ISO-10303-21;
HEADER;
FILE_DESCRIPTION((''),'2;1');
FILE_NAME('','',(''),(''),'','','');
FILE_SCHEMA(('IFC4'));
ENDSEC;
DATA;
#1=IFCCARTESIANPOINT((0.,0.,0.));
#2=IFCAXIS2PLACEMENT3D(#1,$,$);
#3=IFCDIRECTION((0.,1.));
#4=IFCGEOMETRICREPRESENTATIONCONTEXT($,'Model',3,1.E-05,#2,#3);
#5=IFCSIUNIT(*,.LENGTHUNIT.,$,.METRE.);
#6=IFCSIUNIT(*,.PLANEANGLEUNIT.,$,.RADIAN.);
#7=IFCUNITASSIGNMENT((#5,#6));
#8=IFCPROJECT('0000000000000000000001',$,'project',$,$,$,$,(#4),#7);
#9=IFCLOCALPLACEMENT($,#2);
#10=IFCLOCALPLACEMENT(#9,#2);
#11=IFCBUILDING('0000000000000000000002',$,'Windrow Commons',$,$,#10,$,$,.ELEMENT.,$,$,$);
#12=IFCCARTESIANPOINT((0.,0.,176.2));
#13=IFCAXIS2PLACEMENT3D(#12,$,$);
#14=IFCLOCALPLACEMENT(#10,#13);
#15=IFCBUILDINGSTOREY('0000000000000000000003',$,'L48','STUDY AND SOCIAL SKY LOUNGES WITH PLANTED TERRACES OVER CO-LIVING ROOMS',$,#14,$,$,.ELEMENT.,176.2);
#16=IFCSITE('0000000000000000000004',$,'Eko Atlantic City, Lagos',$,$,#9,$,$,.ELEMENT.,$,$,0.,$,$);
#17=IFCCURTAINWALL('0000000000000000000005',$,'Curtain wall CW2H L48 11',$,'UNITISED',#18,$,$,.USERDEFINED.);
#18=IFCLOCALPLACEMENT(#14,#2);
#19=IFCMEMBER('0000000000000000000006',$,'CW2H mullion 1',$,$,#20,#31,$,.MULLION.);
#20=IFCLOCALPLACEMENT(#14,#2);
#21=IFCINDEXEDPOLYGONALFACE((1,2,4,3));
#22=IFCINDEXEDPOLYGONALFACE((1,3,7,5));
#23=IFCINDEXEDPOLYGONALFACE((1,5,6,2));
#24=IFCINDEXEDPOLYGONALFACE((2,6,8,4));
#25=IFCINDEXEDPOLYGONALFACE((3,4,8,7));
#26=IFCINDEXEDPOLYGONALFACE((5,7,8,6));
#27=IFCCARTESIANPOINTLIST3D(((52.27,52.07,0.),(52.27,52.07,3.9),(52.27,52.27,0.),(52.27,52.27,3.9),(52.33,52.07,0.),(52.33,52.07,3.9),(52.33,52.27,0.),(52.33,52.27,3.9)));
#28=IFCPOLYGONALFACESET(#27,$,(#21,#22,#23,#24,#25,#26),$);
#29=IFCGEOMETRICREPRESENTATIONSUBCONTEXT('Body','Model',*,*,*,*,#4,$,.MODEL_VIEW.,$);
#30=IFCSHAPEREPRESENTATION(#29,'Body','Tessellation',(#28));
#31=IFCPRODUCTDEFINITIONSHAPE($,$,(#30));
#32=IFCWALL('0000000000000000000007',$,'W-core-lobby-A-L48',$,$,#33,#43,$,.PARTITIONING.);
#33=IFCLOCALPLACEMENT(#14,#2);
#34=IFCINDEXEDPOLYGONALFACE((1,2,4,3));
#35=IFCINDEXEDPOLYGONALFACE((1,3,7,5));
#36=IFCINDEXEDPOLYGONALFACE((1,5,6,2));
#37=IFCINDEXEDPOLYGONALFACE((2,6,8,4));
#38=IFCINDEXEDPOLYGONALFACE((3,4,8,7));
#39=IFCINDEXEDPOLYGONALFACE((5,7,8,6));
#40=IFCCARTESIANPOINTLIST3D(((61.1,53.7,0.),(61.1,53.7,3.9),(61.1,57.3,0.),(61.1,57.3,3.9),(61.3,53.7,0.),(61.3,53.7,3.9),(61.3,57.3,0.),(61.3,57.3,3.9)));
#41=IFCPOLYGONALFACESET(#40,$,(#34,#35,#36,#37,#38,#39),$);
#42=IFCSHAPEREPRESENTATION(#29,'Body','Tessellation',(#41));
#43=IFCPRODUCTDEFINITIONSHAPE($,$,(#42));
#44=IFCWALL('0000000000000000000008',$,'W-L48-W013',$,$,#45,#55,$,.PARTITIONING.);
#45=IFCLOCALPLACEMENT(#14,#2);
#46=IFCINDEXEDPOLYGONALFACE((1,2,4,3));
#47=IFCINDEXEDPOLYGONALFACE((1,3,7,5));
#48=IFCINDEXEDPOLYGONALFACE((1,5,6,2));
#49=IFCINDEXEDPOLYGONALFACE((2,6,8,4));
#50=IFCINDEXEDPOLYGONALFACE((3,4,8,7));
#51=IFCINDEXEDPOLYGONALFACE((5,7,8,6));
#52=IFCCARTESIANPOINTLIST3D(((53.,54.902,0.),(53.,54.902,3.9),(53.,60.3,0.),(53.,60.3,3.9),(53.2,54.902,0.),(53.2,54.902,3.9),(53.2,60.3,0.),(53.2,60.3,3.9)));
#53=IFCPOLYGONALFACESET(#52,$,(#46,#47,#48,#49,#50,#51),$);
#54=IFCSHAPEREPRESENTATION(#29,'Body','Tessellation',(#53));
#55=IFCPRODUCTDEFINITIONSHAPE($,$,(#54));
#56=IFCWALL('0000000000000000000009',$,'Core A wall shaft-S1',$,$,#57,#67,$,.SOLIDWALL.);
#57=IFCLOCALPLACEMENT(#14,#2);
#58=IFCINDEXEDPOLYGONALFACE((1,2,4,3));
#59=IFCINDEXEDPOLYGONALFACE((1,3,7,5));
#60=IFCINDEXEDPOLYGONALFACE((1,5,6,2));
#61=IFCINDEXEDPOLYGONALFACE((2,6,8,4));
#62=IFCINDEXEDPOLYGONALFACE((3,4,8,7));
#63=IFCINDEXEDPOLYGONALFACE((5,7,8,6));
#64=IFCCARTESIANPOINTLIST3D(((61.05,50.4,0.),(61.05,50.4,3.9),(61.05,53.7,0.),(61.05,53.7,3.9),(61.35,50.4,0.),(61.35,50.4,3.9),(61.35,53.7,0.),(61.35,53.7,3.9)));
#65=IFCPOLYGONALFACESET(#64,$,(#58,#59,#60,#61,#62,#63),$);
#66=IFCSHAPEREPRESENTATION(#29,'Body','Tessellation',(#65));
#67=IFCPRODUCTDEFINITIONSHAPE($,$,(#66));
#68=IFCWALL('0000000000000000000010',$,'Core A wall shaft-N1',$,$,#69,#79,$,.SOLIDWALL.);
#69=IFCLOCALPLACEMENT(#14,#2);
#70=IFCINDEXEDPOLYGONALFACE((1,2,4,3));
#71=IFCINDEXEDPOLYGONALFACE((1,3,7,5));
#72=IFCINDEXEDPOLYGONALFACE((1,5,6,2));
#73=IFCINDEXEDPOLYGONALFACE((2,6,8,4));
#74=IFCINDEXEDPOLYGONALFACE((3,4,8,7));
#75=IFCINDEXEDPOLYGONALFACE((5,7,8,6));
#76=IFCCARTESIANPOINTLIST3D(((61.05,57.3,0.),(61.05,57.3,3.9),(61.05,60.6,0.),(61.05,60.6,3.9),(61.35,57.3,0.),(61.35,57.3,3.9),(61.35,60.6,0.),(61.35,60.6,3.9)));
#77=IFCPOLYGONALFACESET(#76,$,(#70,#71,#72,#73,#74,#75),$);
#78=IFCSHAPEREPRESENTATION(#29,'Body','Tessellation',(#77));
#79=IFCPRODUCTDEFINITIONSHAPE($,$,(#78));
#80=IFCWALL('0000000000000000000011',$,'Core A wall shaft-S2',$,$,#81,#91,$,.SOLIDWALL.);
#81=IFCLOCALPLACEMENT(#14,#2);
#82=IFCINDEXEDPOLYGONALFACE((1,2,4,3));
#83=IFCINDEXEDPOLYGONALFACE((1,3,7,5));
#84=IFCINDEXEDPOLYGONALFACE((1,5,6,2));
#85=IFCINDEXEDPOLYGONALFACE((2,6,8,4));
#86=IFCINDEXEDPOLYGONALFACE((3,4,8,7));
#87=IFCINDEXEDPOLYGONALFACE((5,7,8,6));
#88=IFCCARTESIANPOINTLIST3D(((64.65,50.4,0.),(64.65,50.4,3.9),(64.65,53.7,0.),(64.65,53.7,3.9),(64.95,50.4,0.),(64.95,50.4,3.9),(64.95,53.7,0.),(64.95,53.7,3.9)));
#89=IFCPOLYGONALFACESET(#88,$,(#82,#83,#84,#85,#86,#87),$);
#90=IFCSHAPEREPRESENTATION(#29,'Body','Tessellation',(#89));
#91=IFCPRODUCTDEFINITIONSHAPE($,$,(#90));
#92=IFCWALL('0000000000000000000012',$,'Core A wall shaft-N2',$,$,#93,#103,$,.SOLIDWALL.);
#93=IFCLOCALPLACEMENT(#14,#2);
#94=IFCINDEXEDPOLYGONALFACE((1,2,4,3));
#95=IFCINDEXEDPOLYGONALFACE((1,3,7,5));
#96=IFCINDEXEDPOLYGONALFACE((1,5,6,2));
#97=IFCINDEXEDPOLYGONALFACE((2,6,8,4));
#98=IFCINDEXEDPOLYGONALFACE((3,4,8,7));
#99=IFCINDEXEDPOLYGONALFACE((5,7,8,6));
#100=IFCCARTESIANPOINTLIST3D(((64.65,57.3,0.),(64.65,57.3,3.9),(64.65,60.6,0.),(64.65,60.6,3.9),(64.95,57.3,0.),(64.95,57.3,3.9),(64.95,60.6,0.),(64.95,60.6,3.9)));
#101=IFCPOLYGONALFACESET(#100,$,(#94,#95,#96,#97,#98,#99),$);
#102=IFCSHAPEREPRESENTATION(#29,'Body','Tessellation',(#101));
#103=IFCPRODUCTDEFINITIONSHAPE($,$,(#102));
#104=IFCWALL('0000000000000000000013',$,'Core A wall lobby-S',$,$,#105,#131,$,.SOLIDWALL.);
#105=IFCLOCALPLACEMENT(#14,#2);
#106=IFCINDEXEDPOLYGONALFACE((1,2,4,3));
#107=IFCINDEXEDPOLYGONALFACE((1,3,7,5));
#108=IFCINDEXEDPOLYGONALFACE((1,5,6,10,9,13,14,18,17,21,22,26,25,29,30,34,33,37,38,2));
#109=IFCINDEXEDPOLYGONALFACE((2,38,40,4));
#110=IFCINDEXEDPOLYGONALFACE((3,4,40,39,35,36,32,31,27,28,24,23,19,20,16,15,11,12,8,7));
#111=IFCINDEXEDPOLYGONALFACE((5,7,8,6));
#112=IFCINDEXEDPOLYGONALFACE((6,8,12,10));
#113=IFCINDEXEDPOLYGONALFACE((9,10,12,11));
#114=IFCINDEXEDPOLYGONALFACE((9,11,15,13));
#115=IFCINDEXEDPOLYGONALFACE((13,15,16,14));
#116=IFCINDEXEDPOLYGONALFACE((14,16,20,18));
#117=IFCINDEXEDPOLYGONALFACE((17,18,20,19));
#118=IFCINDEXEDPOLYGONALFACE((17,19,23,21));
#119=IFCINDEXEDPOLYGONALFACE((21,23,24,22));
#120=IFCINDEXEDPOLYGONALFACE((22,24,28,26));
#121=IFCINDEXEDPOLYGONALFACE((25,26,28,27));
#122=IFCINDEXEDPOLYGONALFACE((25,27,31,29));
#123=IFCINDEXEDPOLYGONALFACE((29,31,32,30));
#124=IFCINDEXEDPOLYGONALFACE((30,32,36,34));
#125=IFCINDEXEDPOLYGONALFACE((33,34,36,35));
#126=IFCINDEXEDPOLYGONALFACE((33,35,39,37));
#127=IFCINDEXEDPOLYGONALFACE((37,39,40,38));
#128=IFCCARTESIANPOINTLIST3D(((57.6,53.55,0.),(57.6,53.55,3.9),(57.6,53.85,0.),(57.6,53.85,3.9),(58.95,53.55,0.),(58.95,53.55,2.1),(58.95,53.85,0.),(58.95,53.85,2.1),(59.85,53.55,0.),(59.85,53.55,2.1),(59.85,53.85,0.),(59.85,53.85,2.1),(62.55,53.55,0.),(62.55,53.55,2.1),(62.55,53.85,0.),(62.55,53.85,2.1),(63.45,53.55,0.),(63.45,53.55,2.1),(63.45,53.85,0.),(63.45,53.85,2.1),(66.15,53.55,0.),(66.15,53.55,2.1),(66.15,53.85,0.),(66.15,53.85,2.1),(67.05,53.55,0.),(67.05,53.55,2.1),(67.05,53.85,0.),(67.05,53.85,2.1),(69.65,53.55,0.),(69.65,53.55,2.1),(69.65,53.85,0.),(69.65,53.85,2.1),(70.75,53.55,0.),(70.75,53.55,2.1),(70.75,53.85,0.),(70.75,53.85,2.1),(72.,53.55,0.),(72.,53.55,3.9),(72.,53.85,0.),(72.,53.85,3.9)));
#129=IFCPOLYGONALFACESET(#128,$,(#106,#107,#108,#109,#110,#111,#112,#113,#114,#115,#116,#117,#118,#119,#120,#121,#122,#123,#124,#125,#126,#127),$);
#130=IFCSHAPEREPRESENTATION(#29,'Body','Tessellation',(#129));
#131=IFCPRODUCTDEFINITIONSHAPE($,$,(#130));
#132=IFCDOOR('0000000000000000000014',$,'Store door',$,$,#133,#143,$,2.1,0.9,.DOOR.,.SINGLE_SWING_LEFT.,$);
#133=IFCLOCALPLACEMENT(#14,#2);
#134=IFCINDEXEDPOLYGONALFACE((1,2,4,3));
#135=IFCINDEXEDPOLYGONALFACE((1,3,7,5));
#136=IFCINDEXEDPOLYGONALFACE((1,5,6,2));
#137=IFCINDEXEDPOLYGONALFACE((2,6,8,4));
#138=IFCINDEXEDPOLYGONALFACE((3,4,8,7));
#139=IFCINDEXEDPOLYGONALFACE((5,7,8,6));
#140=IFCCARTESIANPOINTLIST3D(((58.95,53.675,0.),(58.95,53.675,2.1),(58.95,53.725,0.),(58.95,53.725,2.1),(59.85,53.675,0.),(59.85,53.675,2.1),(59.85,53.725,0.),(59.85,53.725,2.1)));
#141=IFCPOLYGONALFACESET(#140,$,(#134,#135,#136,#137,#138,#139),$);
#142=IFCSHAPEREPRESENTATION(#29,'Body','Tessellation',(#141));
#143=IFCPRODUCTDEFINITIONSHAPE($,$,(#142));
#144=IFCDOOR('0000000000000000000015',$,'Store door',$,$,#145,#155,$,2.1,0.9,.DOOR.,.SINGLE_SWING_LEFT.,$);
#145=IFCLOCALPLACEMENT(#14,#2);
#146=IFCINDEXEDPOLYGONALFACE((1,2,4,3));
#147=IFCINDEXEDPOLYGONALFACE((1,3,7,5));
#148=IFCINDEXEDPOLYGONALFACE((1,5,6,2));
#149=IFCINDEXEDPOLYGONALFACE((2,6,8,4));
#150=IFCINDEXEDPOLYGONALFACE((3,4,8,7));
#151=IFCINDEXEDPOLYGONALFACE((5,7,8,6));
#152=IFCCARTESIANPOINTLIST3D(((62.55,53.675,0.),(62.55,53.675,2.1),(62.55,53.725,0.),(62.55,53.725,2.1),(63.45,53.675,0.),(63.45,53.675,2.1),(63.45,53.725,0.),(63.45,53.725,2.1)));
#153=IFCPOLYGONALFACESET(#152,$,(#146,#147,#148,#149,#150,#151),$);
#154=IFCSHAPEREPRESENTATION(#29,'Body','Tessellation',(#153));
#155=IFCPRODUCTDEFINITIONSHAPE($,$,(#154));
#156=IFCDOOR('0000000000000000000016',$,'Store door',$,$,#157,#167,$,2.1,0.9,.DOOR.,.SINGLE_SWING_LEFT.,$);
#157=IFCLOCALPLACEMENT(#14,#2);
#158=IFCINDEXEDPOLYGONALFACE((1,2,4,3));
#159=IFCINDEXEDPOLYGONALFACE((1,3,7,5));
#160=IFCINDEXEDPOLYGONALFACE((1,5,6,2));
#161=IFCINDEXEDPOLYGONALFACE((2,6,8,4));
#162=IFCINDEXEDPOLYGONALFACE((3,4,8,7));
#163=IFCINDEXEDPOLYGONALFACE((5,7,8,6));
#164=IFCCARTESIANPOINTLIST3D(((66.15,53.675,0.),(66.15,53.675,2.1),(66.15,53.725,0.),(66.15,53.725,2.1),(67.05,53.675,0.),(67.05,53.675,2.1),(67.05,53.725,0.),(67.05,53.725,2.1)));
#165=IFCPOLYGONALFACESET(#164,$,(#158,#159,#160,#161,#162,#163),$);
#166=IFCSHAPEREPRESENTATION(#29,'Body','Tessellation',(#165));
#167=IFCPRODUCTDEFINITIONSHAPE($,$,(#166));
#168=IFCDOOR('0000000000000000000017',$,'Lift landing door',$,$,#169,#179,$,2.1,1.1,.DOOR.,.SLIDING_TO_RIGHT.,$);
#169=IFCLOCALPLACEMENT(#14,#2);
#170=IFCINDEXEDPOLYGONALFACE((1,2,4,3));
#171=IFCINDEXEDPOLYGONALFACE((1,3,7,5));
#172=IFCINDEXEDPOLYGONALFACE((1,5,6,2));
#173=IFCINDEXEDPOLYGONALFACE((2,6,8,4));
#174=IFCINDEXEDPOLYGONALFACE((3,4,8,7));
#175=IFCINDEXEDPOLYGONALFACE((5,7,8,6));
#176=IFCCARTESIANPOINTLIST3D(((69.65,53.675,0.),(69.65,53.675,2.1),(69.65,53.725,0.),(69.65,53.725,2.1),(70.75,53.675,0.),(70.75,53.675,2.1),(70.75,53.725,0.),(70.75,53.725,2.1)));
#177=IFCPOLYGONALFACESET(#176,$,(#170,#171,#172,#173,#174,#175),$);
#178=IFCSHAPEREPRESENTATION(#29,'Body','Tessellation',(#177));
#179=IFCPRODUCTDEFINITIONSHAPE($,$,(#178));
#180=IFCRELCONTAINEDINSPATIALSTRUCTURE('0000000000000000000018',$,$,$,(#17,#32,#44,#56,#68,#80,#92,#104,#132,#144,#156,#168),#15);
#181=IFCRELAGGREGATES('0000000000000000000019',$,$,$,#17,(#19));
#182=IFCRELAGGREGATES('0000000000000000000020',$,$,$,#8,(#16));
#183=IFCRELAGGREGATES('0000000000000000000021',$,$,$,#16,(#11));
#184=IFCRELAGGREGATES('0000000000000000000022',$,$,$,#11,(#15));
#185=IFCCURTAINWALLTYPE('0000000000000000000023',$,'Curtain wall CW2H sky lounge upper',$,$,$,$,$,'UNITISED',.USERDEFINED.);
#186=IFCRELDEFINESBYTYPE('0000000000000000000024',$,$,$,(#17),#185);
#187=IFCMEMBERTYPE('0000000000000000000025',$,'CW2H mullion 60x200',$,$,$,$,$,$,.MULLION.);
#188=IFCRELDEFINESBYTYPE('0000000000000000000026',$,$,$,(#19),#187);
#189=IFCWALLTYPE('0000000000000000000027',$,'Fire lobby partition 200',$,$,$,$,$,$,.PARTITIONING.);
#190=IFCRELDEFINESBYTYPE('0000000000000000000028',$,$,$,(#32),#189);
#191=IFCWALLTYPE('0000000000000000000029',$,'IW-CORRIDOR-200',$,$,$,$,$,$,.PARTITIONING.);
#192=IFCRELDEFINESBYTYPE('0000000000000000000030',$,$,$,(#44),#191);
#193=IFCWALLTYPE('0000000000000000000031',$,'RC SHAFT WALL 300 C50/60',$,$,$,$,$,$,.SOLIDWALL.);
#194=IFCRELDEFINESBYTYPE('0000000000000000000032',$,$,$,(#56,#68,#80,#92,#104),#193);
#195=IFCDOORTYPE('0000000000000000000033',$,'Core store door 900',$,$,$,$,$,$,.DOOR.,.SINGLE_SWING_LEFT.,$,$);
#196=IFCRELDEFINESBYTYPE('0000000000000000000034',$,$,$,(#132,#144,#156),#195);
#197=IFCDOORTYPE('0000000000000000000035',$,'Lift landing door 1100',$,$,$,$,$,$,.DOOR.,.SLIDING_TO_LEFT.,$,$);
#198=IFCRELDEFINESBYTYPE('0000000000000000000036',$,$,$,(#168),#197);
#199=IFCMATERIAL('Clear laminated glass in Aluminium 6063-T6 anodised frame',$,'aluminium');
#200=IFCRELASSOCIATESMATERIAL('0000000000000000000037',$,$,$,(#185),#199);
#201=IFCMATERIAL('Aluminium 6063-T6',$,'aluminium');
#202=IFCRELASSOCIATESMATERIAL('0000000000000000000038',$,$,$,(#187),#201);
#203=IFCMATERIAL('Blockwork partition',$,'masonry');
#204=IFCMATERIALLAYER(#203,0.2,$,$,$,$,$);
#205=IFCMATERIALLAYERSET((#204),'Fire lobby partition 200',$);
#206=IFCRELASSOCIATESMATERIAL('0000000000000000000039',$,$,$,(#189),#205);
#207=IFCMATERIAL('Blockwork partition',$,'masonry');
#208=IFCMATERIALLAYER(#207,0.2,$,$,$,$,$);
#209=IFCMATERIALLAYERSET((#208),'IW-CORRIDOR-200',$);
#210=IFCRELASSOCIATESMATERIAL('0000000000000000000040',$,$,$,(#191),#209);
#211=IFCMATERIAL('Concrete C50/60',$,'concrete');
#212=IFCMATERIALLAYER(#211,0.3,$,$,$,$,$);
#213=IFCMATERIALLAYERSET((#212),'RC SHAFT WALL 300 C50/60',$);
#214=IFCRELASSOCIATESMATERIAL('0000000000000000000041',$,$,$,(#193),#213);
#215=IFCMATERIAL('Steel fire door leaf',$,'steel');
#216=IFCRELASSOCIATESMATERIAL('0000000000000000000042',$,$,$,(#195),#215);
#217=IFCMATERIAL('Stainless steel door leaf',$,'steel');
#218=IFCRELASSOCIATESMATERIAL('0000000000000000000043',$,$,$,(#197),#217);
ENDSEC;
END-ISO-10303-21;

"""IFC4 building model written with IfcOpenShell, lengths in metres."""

from ifc_helpers import new_model, si_unit, direction, frame, frame_2d, origin, origin_2d, place, context, subcontext, project, spatial, rectangle, extrude, material, layer, layer_set, material_profile, profile_set, type_object, element, fill, aggregate, save


model = new_model("IFC4")

# Units and contexts
model_context = context("Model", 3, precision=1e-05, world=origin(), true_north=direction((0.0, 1.0)))
body_context = subcontext(model_context, "Body", "Model", "MODEL_VIEW")
ifc_project = project(units=[si_unit("LENGTHUNIT", "METRE"), si_unit("PLANEANGLEUNIT", "RADIAN")], contexts=[model_context])

# Site, building, storey
site_placement = place(None, origin())
site = spatial("IfcSite", under=ifc_project, at=site_placement, Name="Eko Atlantic City, Lagos", CompositionType="ELEMENT", RefElevation=0.0)
building_placement = place(site_placement, origin())
building = spatial("IfcBuilding", under=site, at=building_placement, Name="Windrow Commons", CompositionType="ELEMENT")
storey_placement = place(building_placement, frame((0.0, 0.0, 176.2)))
storey = spatial("IfcBuildingStorey", under=building, at=storey_placement, Name="L48", Description="STUDY AND SOCIAL SKY LOUNGES WITH PLANTED TERRACES OVER CO-LIVING ROOMS", CompositionType="ELEMENT", Elevation=176.2)

# Curtain wall, member
ifc_material_1 = material(Name="Clear laminated glass in Aluminium 6063-T6 anodised frame", Category="aluminium")
curtain_wall_type = type_object("IfcCurtainWallType", Name="Curtain wall CW2H sky lounge upper", ElementType="UNITISED", PredefinedType="USERDEFINED", material=ifc_material_1)
placement = place(storey_placement, origin())
curtain_wall = element("IfcCurtainWall", 1, at=placement, inside=storey, type_object=curtain_wall_type, Name="Curtain wall CW2H L48 11", ObjectType="UNITISED", PredefinedType="USERDEFINED")
ifc_material_2 = material(Name="Aluminium 6063-T6", Category="aluminium")
ifc_material_profile = material_profile(ifc_material_2, rectangle(XDim=0.06, YDim=0.2, at=origin_2d()))
ifc_profile_set = profile_set([ifc_material_profile], Name="Aluminium 6063-T6")
member_type = type_object("IfcMemberType", Name="CW2H mullion 60x200", PredefinedType="MULLION", material=ifc_profile_set)
member_placement = place(storey_placement, frame((52.3, 52.17, 0.0), z_axis=(0.0, 0.0, 1.0), x_axis=(1.0, 0.0, 0.0)))
member = element("IfcMember", 2, at=member_placement, type_object=member_type, Name="CW2H mullion 1", PredefinedType="MULLION", context=body_context, shape_type="SweptSolid", body=[
    extrude(rectangle(XDim=0.06, YDim=0.2, at=origin_2d()), origin(), (0.0, 0.0, 1.0), 3.9),
])
aggregate(curtain_wall, [member])

# Walls
ifc_material_3 = material(Name="Blockwork partition", Category="masonry")
ifc_layer_1 = layer(ifc_material_3, 0.2)
ifc_layer_set_1 = layer_set([ifc_layer_1], Name="Fire lobby partition 200")
wall_type_1 = type_object("IfcWallType", Name="Fire lobby partition 200", PredefinedType="PARTITIONING", material=ifc_layer_set_1)
wall_1_placement = place(storey_placement, frame((61.2, 53.7, 0.0), z_axis=(0.0, 0.0, 1.0), x_axis=(0.0, 1.0, 0.0)))
element("IfcWall", 3, at=wall_1_placement, inside=storey, type_object=wall_type_1, Name="W-core-lobby-A-L48", PredefinedType="PARTITIONING", context=body_context, shape_type="SweptSolid", body=[
    extrude(rectangle(XDim=3.6, YDim=0.2, at=frame_2d((1.8, 0.0))), origin(), (0.0, 0.0, 1.0), 3.9),
])
ifc_material_4 = material(Name="Blockwork partition", Category="masonry")
ifc_layer_2 = layer(ifc_material_4, 0.2)
ifc_layer_set_2 = layer_set([ifc_layer_2], Name="IW-CORRIDOR-200")
wall_type_2 = type_object("IfcWallType", Name="IW-CORRIDOR-200", PredefinedType="PARTITIONING", material=ifc_layer_set_2)
wall_2_placement = place(storey_placement, frame((53.1, 54.902, 0.0), z_axis=(0.0, 0.0, 1.0), x_axis=(0.0, 1.0, 0.0)))
element("IfcWall", 4, at=wall_2_placement, inside=storey, type_object=wall_type_2, Name="W-L48-W013", PredefinedType="PARTITIONING", context=body_context, shape_type="SweptSolid", body=[
    extrude(rectangle(XDim=5.398, YDim=0.2, at=frame_2d((2.699, 0.0))), origin(), (0.0, 0.0, 1.0), 3.9),
])
ifc_material_5 = material(Name="Concrete C50/60", Category="concrete")
ifc_layer_3 = layer(ifc_material_5, 0.3)
ifc_layer_set_3 = layer_set([ifc_layer_3], Name="RC SHAFT WALL 300 C50/60")
wall_type_3 = type_object("IfcWallType", Name="RC SHAFT WALL 300 C50/60", PredefinedType="SOLIDWALL", material=ifc_layer_set_3)
for number, where, z_axis, x_axis, name in (
    (5, (61.2, 50.4, 0.0), (0.0, 0.0, 1.0), (0.0, 1.0, 0.0), "Core A wall shaft-S1"),
    (6, (61.2, 57.3, 0.0), (0.0, 0.0, 1.0), (0.0, 1.0, 0.0), "Core A wall shaft-N1"),
    (7, (64.8, 50.4, 0.0), (0.0, 0.0, 1.0), (0.0, 1.0, 0.0), "Core A wall shaft-S2"),
    (8, (64.8, 57.3, 0.0), (0.0, 0.0, 1.0), (0.0, 1.0, 0.0), "Core A wall shaft-N2"),
):
    element("IfcWall", number, at=place(storey_placement, frame(where, z_axis=z_axis, x_axis=x_axis)), inside=storey, type_object=wall_type_3, Name=name, PredefinedType="SOLIDWALL", context=body_context, shape_type="SweptSolid", body=[
        extrude(rectangle(XDim=3.3, YDim=0.3, at=frame_2d((1.65, 0.0))), origin(), (0.0, 0.0, 1.0), 3.9),
    ])

# Wall, openings, doors
wall_3_placement = place(storey_placement, frame((57.6, 53.7, 0.0), z_axis=(0.0, 0.0, 1.0), x_axis=(1.0, 0.0, 0.0)))
wall_3 = element("IfcWall", 9, at=wall_3_placement, inside=storey, type_object=wall_type_3, Name="Core A wall lobby-S", PredefinedType="SOLIDWALL", context=body_context, shape_type="SweptSolid", body=[
    extrude(rectangle(XDim=14.4, YDim=0.3, at=frame_2d((7.2, 0.0))), origin(), (0.0, 0.0, 1.0), 3.9),
])
opening_1_placement = place(wall_3_placement, frame((1.35, 0.0, 0.0)))
opening_1 = element("IfcOpeningElement", 10, at=opening_1_placement, cuts=wall_3, PredefinedType="OPENING", context=body_context, shape_type="SweptSolid", body=[
    extrude(rectangle(XDim=0.9, YDim=2.1, at=frame_2d((0.45, 1.05))), frame((0.0, 0.16, 0.0), z_axis=(0.0, -1.0, 0.0), x_axis=(1.0, 0.0, 0.0)), (0.0, 0.0, 1.0), 0.32),
])
opening_2_placement = place(wall_3_placement, frame((4.95, 0.0, 0.0)))
opening_2 = element("IfcOpeningElement", 11, at=opening_2_placement, cuts=wall_3, PredefinedType="OPENING", context=body_context, shape_type="SweptSolid", body=[
    extrude(rectangle(XDim=0.9, YDim=2.1, at=frame_2d((0.45, 1.05))), frame((0.0, 0.16, 0.0), z_axis=(0.0, -1.0, 0.0), x_axis=(1.0, 0.0, 0.0)), (0.0, 0.0, 1.0), 0.32),
])
opening_3_placement = place(wall_3_placement, frame((8.55, 0.0, 0.0)))
opening_3 = element("IfcOpeningElement", 12, at=opening_3_placement, cuts=wall_3, PredefinedType="OPENING", context=body_context, shape_type="SweptSolid", body=[
    extrude(rectangle(XDim=0.9, YDim=2.1, at=frame_2d((0.45, 1.05))), frame((0.0, 0.16, 0.0), z_axis=(0.0, -1.0, 0.0), x_axis=(1.0, 0.0, 0.0)), (0.0, 0.0, 1.0), 0.32),
])
opening_4_placement = place(wall_3_placement, frame((12.05, 0.0, 0.0)))
opening_4 = element("IfcOpeningElement", 13, at=opening_4_placement, cuts=wall_3, PredefinedType="OPENING", context=body_context, shape_type="SweptSolid", body=[
    extrude(rectangle(XDim=1.1, YDim=2.1, at=frame_2d((0.55, 1.05))), frame((0.0, 0.16, 0.0), z_axis=(0.0, -1.0, 0.0), x_axis=(1.0, 0.0, 0.0)), (0.0, 0.0, 1.0), 0.32),
])
ifc_material_6 = material(Name="Steel fire door leaf", Category="steel")
door_type_1 = type_object("IfcDoorType", Name="Core store door 900", OperationType="SINGLE_SWING_LEFT", PredefinedType="DOOR", material=ifc_material_6)
door_1_placement = place(opening_1_placement, origin())
door_1 = element("IfcDoor", 14, at=door_1_placement, inside=storey, type_object=door_type_1, Name="Store door", OperationType="SINGLE_SWING_LEFT", OverallHeight=2.1, OverallWidth=0.9, PredefinedType="DOOR", context=body_context, shape_type="SweptSolid", body=[
    extrude(rectangle(XDim=0.9, YDim=2.1, at=frame_2d((0.45, 1.05))), frame((0.0, 0.025, 0.0), z_axis=(0.0, -1.0, 0.0), x_axis=(1.0, 0.0, 0.0)), (0.0, 0.0, 1.0), 0.05),
])
fill(opening_1, door_1)
door_2_placement = place(opening_2_placement, origin())
door_2 = element("IfcDoor", 15, at=door_2_placement, inside=storey, type_object=door_type_1, Name="Store door", OperationType="SINGLE_SWING_LEFT", OverallHeight=2.1, OverallWidth=0.9, PredefinedType="DOOR", context=body_context, shape_type="SweptSolid", body=[
    extrude(rectangle(XDim=0.9, YDim=2.1, at=frame_2d((0.45, 1.05))), frame((0.0, 0.025, 0.0), z_axis=(0.0, -1.0, 0.0), x_axis=(1.0, 0.0, 0.0)), (0.0, 0.0, 1.0), 0.05),
])
fill(opening_2, door_2)
door_3_placement = place(opening_3_placement, origin())
door_3 = element("IfcDoor", 16, at=door_3_placement, inside=storey, type_object=door_type_1, Name="Store door", OperationType="SINGLE_SWING_LEFT", OverallHeight=2.1, OverallWidth=0.9, PredefinedType="DOOR", context=body_context, shape_type="SweptSolid", body=[
    extrude(rectangle(XDim=0.9, YDim=2.1, at=frame_2d((0.45, 1.05))), frame((0.0, 0.025, 0.0), z_axis=(0.0, -1.0, 0.0), x_axis=(1.0, 0.0, 0.0)), (0.0, 0.0, 1.0), 0.05),
])
fill(opening_3, door_3)
ifc_material_7 = material(Name="Stainless steel door leaf", Category="steel")
door_type_2 = type_object("IfcDoorType", Name="Lift landing door 1100", OperationType="SLIDING_TO_LEFT", PredefinedType="DOOR", material=ifc_material_7)
door_4_placement = place(opening_4_placement, origin())
door_4 = element("IfcDoor", 17, at=door_4_placement, inside=storey, type_object=door_type_2, Name="Lift landing door", OperationType="SLIDING_TO_RIGHT", OverallHeight=2.1, OverallWidth=1.1, PredefinedType="DOOR", context=body_context, shape_type="SweptSolid", body=[
    extrude(rectangle(XDim=1.1, YDim=2.1, at=frame_2d((0.55, 1.05))), frame((0.0, 0.025, 0.0), z_axis=(0.0, -1.0, 0.0), x_axis=(1.0, 0.0, 0.0)), (0.0, 0.0, 1.0), 0.05),
])
fill(opening_4, door_4)

save(model, "model.ifc")
